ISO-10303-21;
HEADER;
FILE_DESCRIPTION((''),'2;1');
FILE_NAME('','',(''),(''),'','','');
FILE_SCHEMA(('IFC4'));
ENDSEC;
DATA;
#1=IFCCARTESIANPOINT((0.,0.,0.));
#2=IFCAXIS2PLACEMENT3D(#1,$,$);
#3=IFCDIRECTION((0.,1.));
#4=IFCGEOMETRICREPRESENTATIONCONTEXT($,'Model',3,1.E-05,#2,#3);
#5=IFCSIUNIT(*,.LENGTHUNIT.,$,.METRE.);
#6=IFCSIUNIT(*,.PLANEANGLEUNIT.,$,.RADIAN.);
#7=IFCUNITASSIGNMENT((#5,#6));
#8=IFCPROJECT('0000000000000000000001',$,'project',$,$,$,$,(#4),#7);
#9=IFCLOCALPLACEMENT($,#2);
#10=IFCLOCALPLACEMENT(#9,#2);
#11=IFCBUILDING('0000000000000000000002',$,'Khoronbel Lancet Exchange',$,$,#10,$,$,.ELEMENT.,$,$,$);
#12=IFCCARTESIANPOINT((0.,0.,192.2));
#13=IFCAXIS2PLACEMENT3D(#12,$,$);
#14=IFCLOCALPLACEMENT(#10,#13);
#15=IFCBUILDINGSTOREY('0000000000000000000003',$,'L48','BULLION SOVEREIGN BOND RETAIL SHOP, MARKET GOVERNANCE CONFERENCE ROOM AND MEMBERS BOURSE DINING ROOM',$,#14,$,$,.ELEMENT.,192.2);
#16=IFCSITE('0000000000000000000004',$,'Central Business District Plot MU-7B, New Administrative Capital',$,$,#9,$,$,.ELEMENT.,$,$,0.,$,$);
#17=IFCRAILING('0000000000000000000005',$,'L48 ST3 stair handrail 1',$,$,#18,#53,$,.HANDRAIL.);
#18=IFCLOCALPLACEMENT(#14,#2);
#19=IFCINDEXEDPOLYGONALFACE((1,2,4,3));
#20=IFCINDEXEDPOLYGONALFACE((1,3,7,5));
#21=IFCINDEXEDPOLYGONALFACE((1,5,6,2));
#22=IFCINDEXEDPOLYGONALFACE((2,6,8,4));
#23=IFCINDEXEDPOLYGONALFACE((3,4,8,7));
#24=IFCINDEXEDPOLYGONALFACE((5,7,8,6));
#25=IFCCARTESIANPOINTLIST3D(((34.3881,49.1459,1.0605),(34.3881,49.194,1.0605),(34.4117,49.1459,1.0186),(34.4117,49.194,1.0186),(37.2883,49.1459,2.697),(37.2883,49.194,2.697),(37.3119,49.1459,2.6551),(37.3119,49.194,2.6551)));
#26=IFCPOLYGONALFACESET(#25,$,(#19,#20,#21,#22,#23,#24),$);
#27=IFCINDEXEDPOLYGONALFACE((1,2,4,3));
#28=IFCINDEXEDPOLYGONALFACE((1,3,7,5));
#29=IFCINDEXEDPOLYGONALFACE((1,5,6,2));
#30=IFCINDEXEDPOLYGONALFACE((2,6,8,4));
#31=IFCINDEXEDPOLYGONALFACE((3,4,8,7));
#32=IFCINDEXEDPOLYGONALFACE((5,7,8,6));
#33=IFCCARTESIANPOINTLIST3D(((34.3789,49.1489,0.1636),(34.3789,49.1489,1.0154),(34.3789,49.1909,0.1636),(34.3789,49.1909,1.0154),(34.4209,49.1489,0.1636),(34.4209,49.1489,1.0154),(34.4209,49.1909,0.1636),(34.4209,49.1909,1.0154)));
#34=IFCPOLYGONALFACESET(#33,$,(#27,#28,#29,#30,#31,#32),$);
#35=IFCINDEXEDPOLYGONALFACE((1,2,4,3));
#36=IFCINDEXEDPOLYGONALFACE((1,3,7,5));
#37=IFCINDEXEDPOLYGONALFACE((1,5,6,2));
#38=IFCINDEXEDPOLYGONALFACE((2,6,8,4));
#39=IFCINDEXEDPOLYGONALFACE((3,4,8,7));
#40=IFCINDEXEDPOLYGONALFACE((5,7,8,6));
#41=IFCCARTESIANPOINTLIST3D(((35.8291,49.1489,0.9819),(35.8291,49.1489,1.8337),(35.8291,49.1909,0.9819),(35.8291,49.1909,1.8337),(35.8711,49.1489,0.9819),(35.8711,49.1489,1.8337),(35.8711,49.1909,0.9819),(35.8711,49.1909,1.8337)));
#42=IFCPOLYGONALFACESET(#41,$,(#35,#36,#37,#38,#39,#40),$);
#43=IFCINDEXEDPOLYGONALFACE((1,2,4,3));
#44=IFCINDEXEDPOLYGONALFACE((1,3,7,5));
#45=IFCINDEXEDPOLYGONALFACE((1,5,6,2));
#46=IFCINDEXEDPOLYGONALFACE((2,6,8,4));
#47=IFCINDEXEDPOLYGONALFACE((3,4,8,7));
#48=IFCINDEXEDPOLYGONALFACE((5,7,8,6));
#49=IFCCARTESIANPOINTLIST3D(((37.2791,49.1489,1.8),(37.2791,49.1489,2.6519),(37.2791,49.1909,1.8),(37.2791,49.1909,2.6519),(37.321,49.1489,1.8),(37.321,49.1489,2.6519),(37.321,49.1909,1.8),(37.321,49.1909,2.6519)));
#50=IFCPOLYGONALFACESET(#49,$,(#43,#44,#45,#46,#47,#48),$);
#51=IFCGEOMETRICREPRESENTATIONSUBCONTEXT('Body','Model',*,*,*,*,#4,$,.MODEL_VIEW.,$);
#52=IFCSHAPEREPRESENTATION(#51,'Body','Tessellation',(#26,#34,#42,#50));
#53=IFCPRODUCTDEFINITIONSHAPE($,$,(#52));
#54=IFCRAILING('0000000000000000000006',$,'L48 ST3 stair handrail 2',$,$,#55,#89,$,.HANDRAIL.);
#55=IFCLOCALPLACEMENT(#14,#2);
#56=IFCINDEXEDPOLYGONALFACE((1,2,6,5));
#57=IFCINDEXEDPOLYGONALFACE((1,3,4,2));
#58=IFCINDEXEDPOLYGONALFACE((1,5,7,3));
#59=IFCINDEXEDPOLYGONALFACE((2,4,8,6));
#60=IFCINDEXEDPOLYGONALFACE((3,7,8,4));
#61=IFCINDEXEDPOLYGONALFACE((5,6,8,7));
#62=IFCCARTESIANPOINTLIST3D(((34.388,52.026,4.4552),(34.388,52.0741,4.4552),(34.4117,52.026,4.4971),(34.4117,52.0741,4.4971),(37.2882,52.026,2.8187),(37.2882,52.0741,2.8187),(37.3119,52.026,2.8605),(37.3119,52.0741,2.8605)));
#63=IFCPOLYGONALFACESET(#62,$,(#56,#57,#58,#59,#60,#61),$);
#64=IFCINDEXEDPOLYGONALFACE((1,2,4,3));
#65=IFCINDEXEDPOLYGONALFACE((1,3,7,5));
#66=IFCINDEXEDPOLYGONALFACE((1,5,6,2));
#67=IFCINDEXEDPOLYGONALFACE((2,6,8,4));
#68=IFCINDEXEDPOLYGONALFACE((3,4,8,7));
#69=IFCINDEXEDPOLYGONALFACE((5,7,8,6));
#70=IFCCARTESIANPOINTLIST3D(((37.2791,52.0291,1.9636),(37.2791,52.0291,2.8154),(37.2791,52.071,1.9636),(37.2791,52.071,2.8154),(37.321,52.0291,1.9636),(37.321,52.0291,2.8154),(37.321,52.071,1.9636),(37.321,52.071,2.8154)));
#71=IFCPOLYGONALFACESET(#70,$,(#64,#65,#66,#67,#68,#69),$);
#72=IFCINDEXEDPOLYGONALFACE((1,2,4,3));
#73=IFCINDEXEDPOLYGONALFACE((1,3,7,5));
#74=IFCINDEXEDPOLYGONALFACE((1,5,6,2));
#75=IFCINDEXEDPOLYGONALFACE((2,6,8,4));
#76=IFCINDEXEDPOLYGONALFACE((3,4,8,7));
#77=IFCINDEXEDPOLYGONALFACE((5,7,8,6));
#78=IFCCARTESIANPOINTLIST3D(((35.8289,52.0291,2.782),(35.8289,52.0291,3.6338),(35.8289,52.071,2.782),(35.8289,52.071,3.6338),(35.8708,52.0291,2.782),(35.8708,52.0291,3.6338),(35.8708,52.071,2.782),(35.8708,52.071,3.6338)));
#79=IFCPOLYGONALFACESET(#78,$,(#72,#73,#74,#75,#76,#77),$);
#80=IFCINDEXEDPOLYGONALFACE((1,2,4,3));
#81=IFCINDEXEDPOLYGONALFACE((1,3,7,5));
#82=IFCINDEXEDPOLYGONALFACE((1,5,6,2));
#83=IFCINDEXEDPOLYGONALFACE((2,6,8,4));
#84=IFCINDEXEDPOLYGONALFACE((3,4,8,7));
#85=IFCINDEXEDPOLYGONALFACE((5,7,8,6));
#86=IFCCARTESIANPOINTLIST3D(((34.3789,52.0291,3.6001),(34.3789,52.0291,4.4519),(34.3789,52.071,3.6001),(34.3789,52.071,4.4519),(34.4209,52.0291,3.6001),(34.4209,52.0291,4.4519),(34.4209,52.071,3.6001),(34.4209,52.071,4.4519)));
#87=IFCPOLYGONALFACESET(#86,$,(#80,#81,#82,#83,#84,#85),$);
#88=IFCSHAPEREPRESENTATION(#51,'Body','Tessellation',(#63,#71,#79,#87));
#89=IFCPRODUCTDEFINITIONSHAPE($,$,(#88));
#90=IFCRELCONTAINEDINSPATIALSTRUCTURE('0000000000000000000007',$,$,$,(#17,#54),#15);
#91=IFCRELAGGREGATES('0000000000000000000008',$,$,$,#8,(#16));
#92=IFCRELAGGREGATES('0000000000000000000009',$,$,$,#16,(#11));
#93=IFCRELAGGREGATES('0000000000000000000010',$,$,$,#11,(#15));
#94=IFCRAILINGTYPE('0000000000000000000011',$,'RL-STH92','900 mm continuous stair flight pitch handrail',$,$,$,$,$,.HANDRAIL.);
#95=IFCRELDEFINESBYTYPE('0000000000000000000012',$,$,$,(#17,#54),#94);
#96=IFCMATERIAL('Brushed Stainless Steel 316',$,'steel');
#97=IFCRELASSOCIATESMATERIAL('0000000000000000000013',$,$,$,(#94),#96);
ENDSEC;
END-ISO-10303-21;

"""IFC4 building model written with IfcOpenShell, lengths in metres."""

from ifc_helpers import new_model, si_unit, direction, frame, origin, origin_2d, place, context, subcontext, project, spatial, rectangle, extrude, material, type_object, element, save


model = new_model("IFC4")

# Units and contexts
model_context = context("Model", 3, precision=1e-05, world=origin(), true_north=direction((0.0, 1.0)))
body_context = subcontext(model_context, "Body", "Model", "MODEL_VIEW")
ifc_project = project(units=[si_unit("LENGTHUNIT", "METRE"), si_unit("PLANEANGLEUNIT", "RADIAN")], contexts=[model_context])

# Site, building, storey
site_placement = place(None, origin())
site = spatial("IfcSite", under=ifc_project, at=site_placement, Name="Central Business District Plot MU-7B, New Administrative Capital", CompositionType="ELEMENT", RefElevation=0.0)
building_placement = place(site_placement, origin())
building = spatial("IfcBuilding", under=site, at=building_placement, Name="Khoronbel Lancet Exchange", CompositionType="ELEMENT")
storey_placement = place(building_placement, frame((0.0, 0.0, 192.2)))
storey = spatial("IfcBuildingStorey", under=building, at=storey_placement, Name="L48", Description="BULLION SOVEREIGN BOND RETAIL SHOP, MARKET GOVERNANCE CONFERENCE ROOM AND MEMBERS BOURSE DINING ROOM", CompositionType="ELEMENT", Elevation=192.2)

# Railings
ifc_material_1 = material(Name="Brushed Stainless Steel 316", Category="steel")
railing_type_1 = type_object("IfcRailingType", Name="RL-STH92", Description="900 mm continuous stair flight pitch handrail", PredefinedType="HANDRAIL", material=ifc_material_1)
railing_1_placement = place(storey_placement, frame((34.3999, 49.1699, 0.1636)))
element("IfcRailing", 1, at=railing_1_placement, inside=storey, type_object=railing_type_1, Name="L48 ST3 stair handrail 1", PredefinedType="HANDRAIL", context=body_context, shape_type="SweptSolid", body=[
    extrude(rectangle(XDim=0.0481, YDim=0.0481, at=origin_2d()), frame((0.0, 0.0, 0.876), z_axis=(0.870915, 0.0, 0.491434), x_axis=(0.0, 1.0, 0.0)), (0.0, 0.0, 1.0), 3.3301),
    extrude(rectangle(XDim=0.042, YDim=0.042, at=origin_2d()), origin(), (0.0, 0.0, 1.0), 0.8518),
    extrude(rectangle(XDim=0.042, YDim=0.042, at=origin_2d()), frame((1.4502, 0.0, 0.8184)), (0.0, 0.0, 1.0), 0.8518),
    extrude(rectangle(XDim=0.042, YDim=0.042, at=origin_2d()), frame((2.9001, 0.0, 1.6365)), (0.0, 0.0, 1.0), 0.8518),
])
railing_2_placement = place(storey_placement, frame((37.3, 52.05, 1.9636)))
element("IfcRailing", 2, at=railing_2_placement, inside=storey, type_object=railing_type_1, Name="L48 ST3 stair handrail 2", PredefinedType="HANDRAIL", context=body_context, shape_type="SweptSolid", body=[
    extrude(rectangle(XDim=0.0481, YDim=0.0481, at=origin_2d()), frame((0.0, 0.0, 0.876), z_axis=(-0.870915, 0.0, 0.491434), x_axis=(0.0, -1.0, 0.0)), (0.0, 0.0, 1.0), 3.3301),
    extrude(rectangle(XDim=0.042, YDim=0.042, at=origin_2d()), origin(), (0.0, 0.0, 1.0), 0.8518),
    extrude(rectangle(XDim=0.042, YDim=0.042, at=origin_2d()), frame((-1.4502, 0.0, 0.8184)), (0.0, 0.0, 1.0), 0.8518),
    extrude(rectangle(XDim=0.042, YDim=0.042, at=origin_2d()), frame((-2.9001, 0.0, 1.6365)), (0.0, 0.0, 1.0), 0.8518),
])

save(model, "model.ifc")
